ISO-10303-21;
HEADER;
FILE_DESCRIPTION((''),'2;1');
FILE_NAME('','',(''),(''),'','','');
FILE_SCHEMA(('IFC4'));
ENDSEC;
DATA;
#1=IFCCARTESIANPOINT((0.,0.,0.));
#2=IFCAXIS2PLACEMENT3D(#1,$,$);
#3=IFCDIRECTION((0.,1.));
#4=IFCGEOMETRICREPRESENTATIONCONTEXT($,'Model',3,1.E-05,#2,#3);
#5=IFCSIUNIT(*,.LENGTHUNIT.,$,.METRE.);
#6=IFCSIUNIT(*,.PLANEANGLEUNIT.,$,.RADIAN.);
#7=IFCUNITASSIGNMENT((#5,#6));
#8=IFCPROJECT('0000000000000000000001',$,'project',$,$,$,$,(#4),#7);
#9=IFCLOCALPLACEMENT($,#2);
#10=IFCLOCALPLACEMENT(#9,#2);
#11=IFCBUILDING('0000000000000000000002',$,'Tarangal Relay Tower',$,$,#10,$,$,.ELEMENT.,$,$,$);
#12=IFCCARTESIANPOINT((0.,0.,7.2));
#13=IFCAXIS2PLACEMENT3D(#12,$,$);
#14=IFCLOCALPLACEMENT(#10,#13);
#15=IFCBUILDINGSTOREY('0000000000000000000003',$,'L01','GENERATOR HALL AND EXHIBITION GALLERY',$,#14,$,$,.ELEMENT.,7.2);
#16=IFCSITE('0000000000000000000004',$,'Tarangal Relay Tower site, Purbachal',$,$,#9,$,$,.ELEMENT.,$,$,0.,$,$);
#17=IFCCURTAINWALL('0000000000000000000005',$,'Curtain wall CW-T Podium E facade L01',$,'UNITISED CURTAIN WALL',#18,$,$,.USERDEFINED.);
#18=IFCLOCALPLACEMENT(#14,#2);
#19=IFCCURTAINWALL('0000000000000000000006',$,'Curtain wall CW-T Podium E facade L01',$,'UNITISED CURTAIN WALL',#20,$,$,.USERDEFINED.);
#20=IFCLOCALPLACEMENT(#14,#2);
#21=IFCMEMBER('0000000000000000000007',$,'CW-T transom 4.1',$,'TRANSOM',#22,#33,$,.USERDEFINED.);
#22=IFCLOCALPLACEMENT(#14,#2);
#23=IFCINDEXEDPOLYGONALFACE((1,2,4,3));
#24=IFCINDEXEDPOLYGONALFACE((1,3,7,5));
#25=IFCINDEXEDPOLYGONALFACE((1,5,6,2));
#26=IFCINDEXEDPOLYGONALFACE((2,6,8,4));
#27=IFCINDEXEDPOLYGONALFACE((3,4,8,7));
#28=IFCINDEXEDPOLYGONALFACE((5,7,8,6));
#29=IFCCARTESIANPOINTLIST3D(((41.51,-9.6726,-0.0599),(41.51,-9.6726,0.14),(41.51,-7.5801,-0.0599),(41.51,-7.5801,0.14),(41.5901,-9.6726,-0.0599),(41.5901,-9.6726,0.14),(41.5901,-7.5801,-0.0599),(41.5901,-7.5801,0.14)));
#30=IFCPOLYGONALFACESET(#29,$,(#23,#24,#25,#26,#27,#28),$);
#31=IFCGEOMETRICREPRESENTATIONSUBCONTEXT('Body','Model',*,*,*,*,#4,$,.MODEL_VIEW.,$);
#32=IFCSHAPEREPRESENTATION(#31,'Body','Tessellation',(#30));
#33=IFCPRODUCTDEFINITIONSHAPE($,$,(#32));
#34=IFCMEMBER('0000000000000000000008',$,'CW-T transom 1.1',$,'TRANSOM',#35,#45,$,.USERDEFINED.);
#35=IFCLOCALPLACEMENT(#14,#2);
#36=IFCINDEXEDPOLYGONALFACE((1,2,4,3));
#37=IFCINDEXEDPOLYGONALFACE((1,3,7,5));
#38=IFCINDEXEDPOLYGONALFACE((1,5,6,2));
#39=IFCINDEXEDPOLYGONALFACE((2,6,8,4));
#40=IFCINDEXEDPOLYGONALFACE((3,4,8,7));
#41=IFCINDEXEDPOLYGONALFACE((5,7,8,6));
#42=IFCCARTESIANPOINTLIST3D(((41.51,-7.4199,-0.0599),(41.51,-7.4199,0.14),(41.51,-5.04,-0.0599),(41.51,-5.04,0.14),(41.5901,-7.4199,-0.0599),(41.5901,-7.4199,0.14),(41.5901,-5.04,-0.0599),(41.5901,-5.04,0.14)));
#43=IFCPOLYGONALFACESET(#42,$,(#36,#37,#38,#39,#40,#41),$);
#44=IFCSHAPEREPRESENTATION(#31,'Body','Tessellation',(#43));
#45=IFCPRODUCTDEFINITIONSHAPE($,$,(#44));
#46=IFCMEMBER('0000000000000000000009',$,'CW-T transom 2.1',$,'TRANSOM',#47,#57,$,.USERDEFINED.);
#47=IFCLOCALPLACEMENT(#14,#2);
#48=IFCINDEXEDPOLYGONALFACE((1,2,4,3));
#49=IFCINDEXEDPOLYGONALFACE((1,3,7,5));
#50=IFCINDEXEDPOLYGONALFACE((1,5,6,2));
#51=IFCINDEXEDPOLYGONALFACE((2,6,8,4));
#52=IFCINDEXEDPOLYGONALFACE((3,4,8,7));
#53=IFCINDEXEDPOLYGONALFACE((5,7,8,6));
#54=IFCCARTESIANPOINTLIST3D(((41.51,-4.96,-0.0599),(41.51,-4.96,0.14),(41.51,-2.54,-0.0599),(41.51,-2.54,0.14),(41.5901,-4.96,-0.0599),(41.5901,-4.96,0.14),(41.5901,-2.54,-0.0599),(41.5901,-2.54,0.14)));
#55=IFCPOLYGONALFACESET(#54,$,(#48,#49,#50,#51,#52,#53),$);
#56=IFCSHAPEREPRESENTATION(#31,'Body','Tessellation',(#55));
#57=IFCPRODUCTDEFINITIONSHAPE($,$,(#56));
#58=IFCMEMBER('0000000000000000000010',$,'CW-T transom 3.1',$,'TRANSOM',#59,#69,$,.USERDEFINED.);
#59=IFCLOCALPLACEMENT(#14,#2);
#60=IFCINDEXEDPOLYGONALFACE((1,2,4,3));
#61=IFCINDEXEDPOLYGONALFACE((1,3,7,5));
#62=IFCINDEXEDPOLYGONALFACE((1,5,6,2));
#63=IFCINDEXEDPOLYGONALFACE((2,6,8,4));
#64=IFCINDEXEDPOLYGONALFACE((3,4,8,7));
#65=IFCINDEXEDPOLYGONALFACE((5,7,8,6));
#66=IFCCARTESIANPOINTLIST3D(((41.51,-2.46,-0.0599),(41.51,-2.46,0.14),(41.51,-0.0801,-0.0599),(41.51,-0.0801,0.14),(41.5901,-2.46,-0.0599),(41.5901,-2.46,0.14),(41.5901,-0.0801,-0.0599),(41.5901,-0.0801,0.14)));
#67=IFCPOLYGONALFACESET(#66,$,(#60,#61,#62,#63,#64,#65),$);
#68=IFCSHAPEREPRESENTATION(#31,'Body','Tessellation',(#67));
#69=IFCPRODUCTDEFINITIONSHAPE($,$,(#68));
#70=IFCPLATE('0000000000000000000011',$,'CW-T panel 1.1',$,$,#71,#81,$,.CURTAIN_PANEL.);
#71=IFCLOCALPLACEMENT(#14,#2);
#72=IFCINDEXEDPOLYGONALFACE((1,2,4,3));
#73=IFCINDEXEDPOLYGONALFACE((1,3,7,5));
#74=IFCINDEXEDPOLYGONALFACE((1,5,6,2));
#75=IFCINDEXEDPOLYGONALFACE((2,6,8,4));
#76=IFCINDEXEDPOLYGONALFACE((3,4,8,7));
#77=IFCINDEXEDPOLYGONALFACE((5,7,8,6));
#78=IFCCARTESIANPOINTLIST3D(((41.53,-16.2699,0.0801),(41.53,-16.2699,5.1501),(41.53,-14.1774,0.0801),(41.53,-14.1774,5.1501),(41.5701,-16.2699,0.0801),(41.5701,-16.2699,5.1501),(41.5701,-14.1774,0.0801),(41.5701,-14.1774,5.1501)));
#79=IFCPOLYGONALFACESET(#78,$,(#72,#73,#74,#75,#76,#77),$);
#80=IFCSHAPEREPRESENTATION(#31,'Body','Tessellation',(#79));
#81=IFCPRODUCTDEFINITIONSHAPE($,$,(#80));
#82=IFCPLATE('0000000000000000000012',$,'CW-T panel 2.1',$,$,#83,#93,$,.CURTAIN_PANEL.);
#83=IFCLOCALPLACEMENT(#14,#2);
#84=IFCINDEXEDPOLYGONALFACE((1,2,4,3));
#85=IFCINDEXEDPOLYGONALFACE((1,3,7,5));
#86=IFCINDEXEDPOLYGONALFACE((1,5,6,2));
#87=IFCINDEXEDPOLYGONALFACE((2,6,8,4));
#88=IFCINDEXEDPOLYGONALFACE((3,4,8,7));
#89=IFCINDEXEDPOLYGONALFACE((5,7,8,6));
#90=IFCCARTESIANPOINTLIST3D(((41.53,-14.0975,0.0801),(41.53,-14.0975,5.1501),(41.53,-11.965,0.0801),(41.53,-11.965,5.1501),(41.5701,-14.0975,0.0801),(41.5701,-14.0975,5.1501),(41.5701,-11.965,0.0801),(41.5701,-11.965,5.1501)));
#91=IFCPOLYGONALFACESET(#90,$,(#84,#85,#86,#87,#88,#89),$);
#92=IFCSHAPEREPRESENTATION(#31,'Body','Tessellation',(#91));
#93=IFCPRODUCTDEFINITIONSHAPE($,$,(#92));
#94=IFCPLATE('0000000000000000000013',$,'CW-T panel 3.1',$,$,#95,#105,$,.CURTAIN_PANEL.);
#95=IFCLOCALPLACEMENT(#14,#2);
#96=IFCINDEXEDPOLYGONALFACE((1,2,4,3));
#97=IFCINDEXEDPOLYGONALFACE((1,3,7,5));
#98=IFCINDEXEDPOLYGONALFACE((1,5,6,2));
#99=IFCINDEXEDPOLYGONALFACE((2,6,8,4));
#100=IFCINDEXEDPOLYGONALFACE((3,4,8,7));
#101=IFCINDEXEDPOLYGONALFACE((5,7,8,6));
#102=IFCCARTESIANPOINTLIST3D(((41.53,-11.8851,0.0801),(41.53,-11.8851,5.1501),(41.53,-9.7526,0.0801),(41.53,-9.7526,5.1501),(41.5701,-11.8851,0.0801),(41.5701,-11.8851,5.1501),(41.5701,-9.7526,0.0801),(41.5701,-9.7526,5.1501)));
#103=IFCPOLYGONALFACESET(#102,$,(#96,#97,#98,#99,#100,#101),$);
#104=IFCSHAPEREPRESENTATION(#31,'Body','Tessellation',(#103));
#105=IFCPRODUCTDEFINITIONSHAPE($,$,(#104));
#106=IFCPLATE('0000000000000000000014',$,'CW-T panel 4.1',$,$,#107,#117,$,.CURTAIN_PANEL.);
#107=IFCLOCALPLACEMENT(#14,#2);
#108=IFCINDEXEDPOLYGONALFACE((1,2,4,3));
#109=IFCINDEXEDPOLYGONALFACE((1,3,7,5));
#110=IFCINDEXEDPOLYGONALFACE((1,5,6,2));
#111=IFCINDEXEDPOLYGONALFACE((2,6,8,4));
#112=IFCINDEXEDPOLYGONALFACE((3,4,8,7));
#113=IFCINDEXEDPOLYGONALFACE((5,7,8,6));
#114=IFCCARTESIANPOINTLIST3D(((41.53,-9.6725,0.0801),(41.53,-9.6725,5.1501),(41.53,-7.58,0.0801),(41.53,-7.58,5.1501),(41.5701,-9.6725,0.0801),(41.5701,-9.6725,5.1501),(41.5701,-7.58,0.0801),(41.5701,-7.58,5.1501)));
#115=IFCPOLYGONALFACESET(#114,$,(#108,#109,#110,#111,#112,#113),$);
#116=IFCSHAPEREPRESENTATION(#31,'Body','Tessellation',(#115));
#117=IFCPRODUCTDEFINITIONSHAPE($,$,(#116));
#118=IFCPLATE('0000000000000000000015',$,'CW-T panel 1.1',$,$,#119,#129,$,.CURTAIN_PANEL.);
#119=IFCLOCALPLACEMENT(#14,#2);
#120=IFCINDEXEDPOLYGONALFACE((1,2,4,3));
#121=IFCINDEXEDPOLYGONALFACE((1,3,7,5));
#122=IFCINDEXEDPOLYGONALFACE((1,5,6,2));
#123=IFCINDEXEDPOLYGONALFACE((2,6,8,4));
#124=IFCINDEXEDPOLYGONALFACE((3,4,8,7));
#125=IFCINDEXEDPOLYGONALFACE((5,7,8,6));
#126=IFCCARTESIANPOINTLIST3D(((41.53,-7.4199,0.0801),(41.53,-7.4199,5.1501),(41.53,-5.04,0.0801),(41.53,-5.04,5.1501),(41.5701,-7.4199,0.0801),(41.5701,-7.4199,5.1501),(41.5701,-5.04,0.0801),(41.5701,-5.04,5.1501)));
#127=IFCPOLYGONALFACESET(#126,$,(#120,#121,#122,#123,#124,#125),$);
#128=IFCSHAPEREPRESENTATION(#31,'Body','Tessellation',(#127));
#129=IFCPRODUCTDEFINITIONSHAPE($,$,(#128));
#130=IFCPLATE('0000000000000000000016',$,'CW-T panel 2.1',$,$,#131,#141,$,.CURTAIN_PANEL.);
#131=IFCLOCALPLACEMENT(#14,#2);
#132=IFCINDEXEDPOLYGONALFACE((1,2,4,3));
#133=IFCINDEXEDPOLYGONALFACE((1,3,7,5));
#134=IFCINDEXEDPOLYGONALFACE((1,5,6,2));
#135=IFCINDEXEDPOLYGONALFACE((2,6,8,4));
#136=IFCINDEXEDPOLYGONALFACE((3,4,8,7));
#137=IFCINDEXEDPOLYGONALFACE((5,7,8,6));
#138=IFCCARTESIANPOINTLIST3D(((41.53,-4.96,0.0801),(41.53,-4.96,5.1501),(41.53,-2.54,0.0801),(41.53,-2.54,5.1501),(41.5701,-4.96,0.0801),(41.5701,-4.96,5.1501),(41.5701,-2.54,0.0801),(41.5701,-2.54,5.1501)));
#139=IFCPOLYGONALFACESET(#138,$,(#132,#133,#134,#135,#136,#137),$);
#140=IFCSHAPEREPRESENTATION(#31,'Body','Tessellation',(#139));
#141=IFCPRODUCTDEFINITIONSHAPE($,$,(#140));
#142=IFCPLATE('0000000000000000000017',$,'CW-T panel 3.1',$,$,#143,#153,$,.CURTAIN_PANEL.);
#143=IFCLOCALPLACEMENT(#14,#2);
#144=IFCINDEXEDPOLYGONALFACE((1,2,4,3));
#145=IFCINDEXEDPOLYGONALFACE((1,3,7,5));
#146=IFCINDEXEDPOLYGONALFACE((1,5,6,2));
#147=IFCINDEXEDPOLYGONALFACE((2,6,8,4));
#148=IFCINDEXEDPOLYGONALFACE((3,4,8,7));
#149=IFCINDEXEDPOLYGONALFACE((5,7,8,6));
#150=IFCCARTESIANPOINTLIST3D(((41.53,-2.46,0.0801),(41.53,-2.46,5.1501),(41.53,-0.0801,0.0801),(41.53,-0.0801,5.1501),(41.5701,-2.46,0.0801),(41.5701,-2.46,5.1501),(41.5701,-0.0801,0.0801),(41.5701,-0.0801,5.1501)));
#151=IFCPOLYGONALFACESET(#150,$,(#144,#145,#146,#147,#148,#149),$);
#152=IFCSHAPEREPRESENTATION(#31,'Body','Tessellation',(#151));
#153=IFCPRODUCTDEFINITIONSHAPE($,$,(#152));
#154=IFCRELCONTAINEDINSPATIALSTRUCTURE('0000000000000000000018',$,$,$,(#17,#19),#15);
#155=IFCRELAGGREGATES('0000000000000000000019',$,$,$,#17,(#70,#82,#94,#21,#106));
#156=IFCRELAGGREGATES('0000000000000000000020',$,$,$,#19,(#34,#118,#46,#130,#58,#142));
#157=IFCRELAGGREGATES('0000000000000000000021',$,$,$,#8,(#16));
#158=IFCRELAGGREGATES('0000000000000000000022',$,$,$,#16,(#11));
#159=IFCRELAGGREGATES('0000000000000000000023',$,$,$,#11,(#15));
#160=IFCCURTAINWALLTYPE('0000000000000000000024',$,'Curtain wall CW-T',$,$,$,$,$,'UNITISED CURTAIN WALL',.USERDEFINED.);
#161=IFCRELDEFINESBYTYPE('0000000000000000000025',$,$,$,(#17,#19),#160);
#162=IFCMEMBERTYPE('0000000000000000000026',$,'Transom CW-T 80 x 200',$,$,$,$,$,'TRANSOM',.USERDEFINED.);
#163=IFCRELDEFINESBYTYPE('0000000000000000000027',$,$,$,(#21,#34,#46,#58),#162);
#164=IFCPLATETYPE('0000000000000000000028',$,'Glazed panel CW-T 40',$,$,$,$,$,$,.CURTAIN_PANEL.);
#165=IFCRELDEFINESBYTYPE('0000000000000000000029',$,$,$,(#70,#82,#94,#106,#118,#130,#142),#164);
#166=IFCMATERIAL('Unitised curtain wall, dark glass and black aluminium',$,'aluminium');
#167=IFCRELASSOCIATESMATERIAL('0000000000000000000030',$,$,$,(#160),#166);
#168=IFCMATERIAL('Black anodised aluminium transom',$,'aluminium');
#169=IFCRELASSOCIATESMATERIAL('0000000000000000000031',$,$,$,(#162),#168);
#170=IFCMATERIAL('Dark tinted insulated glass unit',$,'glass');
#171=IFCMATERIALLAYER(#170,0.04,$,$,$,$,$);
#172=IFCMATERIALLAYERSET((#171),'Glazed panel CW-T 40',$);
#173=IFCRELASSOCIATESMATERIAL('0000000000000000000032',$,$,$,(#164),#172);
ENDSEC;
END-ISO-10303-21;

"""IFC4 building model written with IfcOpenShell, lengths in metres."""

from ifc_helpers import new_model, si_unit, direction, frame, origin, origin_2d, place, context, subcontext, project, spatial, rectangle, extrude, material, layer, layer_set, material_profile, profile_set, type_object, element, aggregate, save


model = new_model("IFC4")

# Units and contexts
model_context = context("Model", 3, precision=1e-05, world=origin(), true_north=direction((0.0, 1.0)))
body_context = subcontext(model_context, "Body", "Model", "MODEL_VIEW")
ifc_project = project(units=[si_unit("LENGTHUNIT", "METRE"), si_unit("PLANEANGLEUNIT", "RADIAN")], contexts=[model_context])

# Site, building, storey
site_placement = place(None, origin())
site = spatial("IfcSite", under=ifc_project, at=site_placement, Name="Tarangal Relay Tower site, Purbachal", CompositionType="ELEMENT", RefElevation=0.0)
building_placement = place(site_placement, origin())
building = spatial("IfcBuilding", under=site, at=building_placement, Name="Tarangal Relay Tower", CompositionType="ELEMENT")
storey_placement = place(building_placement, frame((0.0, 0.0, 7.2)))
storey = spatial("IfcBuildingStorey", under=building, at=storey_placement, Name="L01", Description="GENERATOR HALL AND EXHIBITION GALLERY", CompositionType="ELEMENT", Elevation=7.2)

# Shared definitions
ifc_material_1 = material(Name="Unitised curtain wall, dark glass and black aluminium", Category="aluminium")

# Curtain walls
curtain_wall_type_1 = type_object("IfcCurtainWallType", Name="Curtain wall CW-T", ElementType="UNITISED CURTAIN WALL", PredefinedType="USERDEFINED", material=ifc_material_1)
curtain_wall_1_placement = place(storey_placement, origin())
curtain_wall_1 = element("IfcCurtainWall", 1, at=curtain_wall_1_placement, inside=storey, type_object=curtain_wall_type_1, Name="Curtain wall CW-T Podium E facade L01", ObjectType="UNITISED CURTAIN WALL", PredefinedType="USERDEFINED")
curtain_wall_2_placement = place(storey_placement, origin())
curtain_wall_2 = element("IfcCurtainWall", 2, at=curtain_wall_2_placement, inside=storey, type_object=curtain_wall_type_1, Name="Curtain wall CW-T Podium E facade L01", ObjectType="UNITISED CURTAIN WALL", PredefinedType="USERDEFINED")

# Members
ifc_material_2 = material(Name="Black anodised aluminium transom", Category="aluminium")
ifc_material_profile_1 = material_profile(ifc_material_2, rectangle(XDim=0.0801, YDim=0.2, at=origin_2d()), Name="CW-TT 80X200")
ifc_profile_set_1 = profile_set([ifc_material_profile_1], Name="Black anodised aluminium transom")
member_type_1 = type_object("IfcMemberType", Name="Transom CW-T 80 x 200", ElementType="TRANSOM", PredefinedType="USERDEFINED", material=ifc_profile_set_1)
member_1_placement = place(storey_placement, frame((41.55, -9.6726, 0.04), z_axis=(0.0, 1.0, 0.0), x_axis=(-1.0, 0.0, 0.0)))
member_1 = element("IfcMember", 3, at=member_1_placement, type_object=member_type_1, Name="CW-T transom 4.1", ObjectType="TRANSOM", PredefinedType="USERDEFINED", context=body_context, shape_type="SweptSolid", body=[
    extrude(rectangle(XDim=0.0801, YDim=0.2, at=origin_2d()), origin(), (0.0, 0.0, 1.0), 2.0925),
])
member_2_placement = place(storey_placement, frame((41.55, -7.4199, 0.04), z_axis=(0.0, 1.0, 0.0), x_axis=(-1.0, 0.0, 0.0)))
member_2 = element("IfcMember", 4, at=member_2_placement, type_object=member_type_1, Name="CW-T transom 1.1", ObjectType="TRANSOM", PredefinedType="USERDEFINED", context=body_context, shape_type="SweptSolid", body=[
    extrude(rectangle(XDim=0.0801, YDim=0.2, at=origin_2d()), origin(), (0.0, 0.0, 1.0), 2.3799),
])
member_3_placement = place(storey_placement, frame((41.55, -4.96, 0.04), z_axis=(0.0, 1.0, 0.0), x_axis=(-1.0, 0.0, 0.0)))
member_3 = element("IfcMember", 5, at=member_3_placement, type_object=member_type_1, Name="CW-T transom 2.1", ObjectType="TRANSOM", PredefinedType="USERDEFINED", context=body_context, shape_type="SweptSolid", body=[
    extrude(rectangle(XDim=0.0801, YDim=0.2, at=origin_2d()), origin(), (0.0, 0.0, 1.0), 2.4199),
])
member_4_placement = place(storey_placement, frame((41.55, -2.46, 0.04), z_axis=(0.0, 1.0, 0.0), x_axis=(-1.0, 0.0, 0.0)))
member_4 = element("IfcMember", 6, at=member_4_placement, type_object=member_type_1, Name="CW-T transom 3.1", ObjectType="TRANSOM", PredefinedType="USERDEFINED", context=body_context, shape_type="SweptSolid", body=[
    extrude(rectangle(XDim=0.0801, YDim=0.2, at=origin_2d()), origin(), (0.0, 0.0, 1.0), 2.3799),
])

# Plates
ifc_material_3 = material(Name="Dark tinted insulated glass unit", Category="glass")
ifc_layer = layer(ifc_material_3, 0.04)
ifc_layer_set = layer_set([ifc_layer], Name="Glazed panel CW-T 40")
plate_type = type_object("IfcPlateType", Name="Glazed panel CW-T 40", PredefinedType="CURTAIN_PANEL", material=ifc_layer_set)
plate_1_placement = place(storey_placement, frame((41.55, -15.2236, 0.0801), z_axis=(0.0, 0.0, 1.0), x_axis=(0.0, 1.0, 0.0)))
plate_1 = element("IfcPlate", 7, at=plate_1_placement, type_object=plate_type, Name="CW-T panel 1.1", PredefinedType="CURTAIN_PANEL", context=body_context, shape_type="SweptSolid", body=[
    extrude(rectangle(XDim=2.0925, YDim=0.04, at=origin_2d()), origin(), (0.0, 0.0, 1.0), 5.0701),
])
plate_2_placement = place(storey_placement, frame((41.55, -13.0312, 0.0801), z_axis=(0.0, 0.0, 1.0), x_axis=(0.0, 1.0, 0.0)))
plate_2 = element("IfcPlate", 8, at=plate_2_placement, type_object=plate_type, Name="CW-T panel 2.1", PredefinedType="CURTAIN_PANEL", context=body_context, shape_type="SweptSolid", body=[
    extrude(rectangle(XDim=2.1326, YDim=0.04, at=origin_2d()), origin(), (0.0, 0.0, 1.0), 5.0701),
])
plate_3_placement = place(storey_placement, frame((41.55, -10.8188, 0.0801), z_axis=(0.0, 0.0, 1.0), x_axis=(0.0, 1.0, 0.0)))
plate_3 = element("IfcPlate", 9, at=plate_3_placement, type_object=plate_type, Name="CW-T panel 3.1", PredefinedType="CURTAIN_PANEL", context=body_context, shape_type="SweptSolid", body=[
    extrude(rectangle(XDim=2.1326, YDim=0.04, at=origin_2d()), origin(), (0.0, 0.0, 1.0), 5.0701),
])
plate_4_placement = place(storey_placement, frame((41.55, -8.6262, 0.0801), z_axis=(0.0, 0.0, 1.0), x_axis=(0.0, 1.0, 0.0)))
plate_4 = element("IfcPlate", 10, at=plate_4_placement, type_object=plate_type, Name="CW-T panel 4.1", PredefinedType="CURTAIN_PANEL", context=body_context, shape_type="SweptSolid", body=[
    extrude(rectangle(XDim=2.0925, YDim=0.04, at=origin_2d()), origin(), (0.0, 0.0, 1.0), 5.0701),
])
aggregate(curtain_wall_1, [plate_1, plate_2, plate_3, member_1, plate_4])
plate_5_placement = place(storey_placement, frame((41.55, -6.23, 0.0801), z_axis=(0.0, 0.0, 1.0), x_axis=(0.0, 1.0, 0.0)))
plate_5 = element("IfcPlate", 11, at=plate_5_placement, type_object=plate_type, Name="CW-T panel 1.1", PredefinedType="CURTAIN_PANEL", context=body_context, shape_type="SweptSolid", body=[
    extrude(rectangle(XDim=2.3799, YDim=0.04, at=origin_2d()), origin(), (0.0, 0.0, 1.0), 5.0701),
])
plate_6_placement = place(storey_placement, frame((41.55, -3.75, 0.0801), z_axis=(0.0, 0.0, 1.0), x_axis=(0.0, 1.0, 0.0)))
plate_6 = element("IfcPlate", 12, at=plate_6_placement, type_object=plate_type, Name="CW-T panel 2.1", PredefinedType="CURTAIN_PANEL", context=body_context, shape_type="SweptSolid", body=[
    extrude(rectangle(XDim=2.4199, YDim=0.04, at=origin_2d()), origin(), (0.0, 0.0, 1.0), 5.0701),
])
plate_7_placement = place(storey_placement, frame((41.55, -1.27, 0.0801), z_axis=(0.0, 0.0, 1.0), x_axis=(0.0, 1.0, 0.0)))
plate_7 = element("IfcPlate", 13, at=plate_7_placement, type_object=plate_type, Name="CW-T panel 3.1", PredefinedType="CURTAIN_PANEL", context=body_context, shape_type="SweptSolid", body=[
    extrude(rectangle(XDim=2.3799, YDim=0.04, at=origin_2d()), origin(), (0.0, 0.0, 1.0), 5.0701),
])
aggregate(curtain_wall_2, [member_2, plate_5, member_3, plate_6, member_4, plate_7])

save(model, "model.ifc")
